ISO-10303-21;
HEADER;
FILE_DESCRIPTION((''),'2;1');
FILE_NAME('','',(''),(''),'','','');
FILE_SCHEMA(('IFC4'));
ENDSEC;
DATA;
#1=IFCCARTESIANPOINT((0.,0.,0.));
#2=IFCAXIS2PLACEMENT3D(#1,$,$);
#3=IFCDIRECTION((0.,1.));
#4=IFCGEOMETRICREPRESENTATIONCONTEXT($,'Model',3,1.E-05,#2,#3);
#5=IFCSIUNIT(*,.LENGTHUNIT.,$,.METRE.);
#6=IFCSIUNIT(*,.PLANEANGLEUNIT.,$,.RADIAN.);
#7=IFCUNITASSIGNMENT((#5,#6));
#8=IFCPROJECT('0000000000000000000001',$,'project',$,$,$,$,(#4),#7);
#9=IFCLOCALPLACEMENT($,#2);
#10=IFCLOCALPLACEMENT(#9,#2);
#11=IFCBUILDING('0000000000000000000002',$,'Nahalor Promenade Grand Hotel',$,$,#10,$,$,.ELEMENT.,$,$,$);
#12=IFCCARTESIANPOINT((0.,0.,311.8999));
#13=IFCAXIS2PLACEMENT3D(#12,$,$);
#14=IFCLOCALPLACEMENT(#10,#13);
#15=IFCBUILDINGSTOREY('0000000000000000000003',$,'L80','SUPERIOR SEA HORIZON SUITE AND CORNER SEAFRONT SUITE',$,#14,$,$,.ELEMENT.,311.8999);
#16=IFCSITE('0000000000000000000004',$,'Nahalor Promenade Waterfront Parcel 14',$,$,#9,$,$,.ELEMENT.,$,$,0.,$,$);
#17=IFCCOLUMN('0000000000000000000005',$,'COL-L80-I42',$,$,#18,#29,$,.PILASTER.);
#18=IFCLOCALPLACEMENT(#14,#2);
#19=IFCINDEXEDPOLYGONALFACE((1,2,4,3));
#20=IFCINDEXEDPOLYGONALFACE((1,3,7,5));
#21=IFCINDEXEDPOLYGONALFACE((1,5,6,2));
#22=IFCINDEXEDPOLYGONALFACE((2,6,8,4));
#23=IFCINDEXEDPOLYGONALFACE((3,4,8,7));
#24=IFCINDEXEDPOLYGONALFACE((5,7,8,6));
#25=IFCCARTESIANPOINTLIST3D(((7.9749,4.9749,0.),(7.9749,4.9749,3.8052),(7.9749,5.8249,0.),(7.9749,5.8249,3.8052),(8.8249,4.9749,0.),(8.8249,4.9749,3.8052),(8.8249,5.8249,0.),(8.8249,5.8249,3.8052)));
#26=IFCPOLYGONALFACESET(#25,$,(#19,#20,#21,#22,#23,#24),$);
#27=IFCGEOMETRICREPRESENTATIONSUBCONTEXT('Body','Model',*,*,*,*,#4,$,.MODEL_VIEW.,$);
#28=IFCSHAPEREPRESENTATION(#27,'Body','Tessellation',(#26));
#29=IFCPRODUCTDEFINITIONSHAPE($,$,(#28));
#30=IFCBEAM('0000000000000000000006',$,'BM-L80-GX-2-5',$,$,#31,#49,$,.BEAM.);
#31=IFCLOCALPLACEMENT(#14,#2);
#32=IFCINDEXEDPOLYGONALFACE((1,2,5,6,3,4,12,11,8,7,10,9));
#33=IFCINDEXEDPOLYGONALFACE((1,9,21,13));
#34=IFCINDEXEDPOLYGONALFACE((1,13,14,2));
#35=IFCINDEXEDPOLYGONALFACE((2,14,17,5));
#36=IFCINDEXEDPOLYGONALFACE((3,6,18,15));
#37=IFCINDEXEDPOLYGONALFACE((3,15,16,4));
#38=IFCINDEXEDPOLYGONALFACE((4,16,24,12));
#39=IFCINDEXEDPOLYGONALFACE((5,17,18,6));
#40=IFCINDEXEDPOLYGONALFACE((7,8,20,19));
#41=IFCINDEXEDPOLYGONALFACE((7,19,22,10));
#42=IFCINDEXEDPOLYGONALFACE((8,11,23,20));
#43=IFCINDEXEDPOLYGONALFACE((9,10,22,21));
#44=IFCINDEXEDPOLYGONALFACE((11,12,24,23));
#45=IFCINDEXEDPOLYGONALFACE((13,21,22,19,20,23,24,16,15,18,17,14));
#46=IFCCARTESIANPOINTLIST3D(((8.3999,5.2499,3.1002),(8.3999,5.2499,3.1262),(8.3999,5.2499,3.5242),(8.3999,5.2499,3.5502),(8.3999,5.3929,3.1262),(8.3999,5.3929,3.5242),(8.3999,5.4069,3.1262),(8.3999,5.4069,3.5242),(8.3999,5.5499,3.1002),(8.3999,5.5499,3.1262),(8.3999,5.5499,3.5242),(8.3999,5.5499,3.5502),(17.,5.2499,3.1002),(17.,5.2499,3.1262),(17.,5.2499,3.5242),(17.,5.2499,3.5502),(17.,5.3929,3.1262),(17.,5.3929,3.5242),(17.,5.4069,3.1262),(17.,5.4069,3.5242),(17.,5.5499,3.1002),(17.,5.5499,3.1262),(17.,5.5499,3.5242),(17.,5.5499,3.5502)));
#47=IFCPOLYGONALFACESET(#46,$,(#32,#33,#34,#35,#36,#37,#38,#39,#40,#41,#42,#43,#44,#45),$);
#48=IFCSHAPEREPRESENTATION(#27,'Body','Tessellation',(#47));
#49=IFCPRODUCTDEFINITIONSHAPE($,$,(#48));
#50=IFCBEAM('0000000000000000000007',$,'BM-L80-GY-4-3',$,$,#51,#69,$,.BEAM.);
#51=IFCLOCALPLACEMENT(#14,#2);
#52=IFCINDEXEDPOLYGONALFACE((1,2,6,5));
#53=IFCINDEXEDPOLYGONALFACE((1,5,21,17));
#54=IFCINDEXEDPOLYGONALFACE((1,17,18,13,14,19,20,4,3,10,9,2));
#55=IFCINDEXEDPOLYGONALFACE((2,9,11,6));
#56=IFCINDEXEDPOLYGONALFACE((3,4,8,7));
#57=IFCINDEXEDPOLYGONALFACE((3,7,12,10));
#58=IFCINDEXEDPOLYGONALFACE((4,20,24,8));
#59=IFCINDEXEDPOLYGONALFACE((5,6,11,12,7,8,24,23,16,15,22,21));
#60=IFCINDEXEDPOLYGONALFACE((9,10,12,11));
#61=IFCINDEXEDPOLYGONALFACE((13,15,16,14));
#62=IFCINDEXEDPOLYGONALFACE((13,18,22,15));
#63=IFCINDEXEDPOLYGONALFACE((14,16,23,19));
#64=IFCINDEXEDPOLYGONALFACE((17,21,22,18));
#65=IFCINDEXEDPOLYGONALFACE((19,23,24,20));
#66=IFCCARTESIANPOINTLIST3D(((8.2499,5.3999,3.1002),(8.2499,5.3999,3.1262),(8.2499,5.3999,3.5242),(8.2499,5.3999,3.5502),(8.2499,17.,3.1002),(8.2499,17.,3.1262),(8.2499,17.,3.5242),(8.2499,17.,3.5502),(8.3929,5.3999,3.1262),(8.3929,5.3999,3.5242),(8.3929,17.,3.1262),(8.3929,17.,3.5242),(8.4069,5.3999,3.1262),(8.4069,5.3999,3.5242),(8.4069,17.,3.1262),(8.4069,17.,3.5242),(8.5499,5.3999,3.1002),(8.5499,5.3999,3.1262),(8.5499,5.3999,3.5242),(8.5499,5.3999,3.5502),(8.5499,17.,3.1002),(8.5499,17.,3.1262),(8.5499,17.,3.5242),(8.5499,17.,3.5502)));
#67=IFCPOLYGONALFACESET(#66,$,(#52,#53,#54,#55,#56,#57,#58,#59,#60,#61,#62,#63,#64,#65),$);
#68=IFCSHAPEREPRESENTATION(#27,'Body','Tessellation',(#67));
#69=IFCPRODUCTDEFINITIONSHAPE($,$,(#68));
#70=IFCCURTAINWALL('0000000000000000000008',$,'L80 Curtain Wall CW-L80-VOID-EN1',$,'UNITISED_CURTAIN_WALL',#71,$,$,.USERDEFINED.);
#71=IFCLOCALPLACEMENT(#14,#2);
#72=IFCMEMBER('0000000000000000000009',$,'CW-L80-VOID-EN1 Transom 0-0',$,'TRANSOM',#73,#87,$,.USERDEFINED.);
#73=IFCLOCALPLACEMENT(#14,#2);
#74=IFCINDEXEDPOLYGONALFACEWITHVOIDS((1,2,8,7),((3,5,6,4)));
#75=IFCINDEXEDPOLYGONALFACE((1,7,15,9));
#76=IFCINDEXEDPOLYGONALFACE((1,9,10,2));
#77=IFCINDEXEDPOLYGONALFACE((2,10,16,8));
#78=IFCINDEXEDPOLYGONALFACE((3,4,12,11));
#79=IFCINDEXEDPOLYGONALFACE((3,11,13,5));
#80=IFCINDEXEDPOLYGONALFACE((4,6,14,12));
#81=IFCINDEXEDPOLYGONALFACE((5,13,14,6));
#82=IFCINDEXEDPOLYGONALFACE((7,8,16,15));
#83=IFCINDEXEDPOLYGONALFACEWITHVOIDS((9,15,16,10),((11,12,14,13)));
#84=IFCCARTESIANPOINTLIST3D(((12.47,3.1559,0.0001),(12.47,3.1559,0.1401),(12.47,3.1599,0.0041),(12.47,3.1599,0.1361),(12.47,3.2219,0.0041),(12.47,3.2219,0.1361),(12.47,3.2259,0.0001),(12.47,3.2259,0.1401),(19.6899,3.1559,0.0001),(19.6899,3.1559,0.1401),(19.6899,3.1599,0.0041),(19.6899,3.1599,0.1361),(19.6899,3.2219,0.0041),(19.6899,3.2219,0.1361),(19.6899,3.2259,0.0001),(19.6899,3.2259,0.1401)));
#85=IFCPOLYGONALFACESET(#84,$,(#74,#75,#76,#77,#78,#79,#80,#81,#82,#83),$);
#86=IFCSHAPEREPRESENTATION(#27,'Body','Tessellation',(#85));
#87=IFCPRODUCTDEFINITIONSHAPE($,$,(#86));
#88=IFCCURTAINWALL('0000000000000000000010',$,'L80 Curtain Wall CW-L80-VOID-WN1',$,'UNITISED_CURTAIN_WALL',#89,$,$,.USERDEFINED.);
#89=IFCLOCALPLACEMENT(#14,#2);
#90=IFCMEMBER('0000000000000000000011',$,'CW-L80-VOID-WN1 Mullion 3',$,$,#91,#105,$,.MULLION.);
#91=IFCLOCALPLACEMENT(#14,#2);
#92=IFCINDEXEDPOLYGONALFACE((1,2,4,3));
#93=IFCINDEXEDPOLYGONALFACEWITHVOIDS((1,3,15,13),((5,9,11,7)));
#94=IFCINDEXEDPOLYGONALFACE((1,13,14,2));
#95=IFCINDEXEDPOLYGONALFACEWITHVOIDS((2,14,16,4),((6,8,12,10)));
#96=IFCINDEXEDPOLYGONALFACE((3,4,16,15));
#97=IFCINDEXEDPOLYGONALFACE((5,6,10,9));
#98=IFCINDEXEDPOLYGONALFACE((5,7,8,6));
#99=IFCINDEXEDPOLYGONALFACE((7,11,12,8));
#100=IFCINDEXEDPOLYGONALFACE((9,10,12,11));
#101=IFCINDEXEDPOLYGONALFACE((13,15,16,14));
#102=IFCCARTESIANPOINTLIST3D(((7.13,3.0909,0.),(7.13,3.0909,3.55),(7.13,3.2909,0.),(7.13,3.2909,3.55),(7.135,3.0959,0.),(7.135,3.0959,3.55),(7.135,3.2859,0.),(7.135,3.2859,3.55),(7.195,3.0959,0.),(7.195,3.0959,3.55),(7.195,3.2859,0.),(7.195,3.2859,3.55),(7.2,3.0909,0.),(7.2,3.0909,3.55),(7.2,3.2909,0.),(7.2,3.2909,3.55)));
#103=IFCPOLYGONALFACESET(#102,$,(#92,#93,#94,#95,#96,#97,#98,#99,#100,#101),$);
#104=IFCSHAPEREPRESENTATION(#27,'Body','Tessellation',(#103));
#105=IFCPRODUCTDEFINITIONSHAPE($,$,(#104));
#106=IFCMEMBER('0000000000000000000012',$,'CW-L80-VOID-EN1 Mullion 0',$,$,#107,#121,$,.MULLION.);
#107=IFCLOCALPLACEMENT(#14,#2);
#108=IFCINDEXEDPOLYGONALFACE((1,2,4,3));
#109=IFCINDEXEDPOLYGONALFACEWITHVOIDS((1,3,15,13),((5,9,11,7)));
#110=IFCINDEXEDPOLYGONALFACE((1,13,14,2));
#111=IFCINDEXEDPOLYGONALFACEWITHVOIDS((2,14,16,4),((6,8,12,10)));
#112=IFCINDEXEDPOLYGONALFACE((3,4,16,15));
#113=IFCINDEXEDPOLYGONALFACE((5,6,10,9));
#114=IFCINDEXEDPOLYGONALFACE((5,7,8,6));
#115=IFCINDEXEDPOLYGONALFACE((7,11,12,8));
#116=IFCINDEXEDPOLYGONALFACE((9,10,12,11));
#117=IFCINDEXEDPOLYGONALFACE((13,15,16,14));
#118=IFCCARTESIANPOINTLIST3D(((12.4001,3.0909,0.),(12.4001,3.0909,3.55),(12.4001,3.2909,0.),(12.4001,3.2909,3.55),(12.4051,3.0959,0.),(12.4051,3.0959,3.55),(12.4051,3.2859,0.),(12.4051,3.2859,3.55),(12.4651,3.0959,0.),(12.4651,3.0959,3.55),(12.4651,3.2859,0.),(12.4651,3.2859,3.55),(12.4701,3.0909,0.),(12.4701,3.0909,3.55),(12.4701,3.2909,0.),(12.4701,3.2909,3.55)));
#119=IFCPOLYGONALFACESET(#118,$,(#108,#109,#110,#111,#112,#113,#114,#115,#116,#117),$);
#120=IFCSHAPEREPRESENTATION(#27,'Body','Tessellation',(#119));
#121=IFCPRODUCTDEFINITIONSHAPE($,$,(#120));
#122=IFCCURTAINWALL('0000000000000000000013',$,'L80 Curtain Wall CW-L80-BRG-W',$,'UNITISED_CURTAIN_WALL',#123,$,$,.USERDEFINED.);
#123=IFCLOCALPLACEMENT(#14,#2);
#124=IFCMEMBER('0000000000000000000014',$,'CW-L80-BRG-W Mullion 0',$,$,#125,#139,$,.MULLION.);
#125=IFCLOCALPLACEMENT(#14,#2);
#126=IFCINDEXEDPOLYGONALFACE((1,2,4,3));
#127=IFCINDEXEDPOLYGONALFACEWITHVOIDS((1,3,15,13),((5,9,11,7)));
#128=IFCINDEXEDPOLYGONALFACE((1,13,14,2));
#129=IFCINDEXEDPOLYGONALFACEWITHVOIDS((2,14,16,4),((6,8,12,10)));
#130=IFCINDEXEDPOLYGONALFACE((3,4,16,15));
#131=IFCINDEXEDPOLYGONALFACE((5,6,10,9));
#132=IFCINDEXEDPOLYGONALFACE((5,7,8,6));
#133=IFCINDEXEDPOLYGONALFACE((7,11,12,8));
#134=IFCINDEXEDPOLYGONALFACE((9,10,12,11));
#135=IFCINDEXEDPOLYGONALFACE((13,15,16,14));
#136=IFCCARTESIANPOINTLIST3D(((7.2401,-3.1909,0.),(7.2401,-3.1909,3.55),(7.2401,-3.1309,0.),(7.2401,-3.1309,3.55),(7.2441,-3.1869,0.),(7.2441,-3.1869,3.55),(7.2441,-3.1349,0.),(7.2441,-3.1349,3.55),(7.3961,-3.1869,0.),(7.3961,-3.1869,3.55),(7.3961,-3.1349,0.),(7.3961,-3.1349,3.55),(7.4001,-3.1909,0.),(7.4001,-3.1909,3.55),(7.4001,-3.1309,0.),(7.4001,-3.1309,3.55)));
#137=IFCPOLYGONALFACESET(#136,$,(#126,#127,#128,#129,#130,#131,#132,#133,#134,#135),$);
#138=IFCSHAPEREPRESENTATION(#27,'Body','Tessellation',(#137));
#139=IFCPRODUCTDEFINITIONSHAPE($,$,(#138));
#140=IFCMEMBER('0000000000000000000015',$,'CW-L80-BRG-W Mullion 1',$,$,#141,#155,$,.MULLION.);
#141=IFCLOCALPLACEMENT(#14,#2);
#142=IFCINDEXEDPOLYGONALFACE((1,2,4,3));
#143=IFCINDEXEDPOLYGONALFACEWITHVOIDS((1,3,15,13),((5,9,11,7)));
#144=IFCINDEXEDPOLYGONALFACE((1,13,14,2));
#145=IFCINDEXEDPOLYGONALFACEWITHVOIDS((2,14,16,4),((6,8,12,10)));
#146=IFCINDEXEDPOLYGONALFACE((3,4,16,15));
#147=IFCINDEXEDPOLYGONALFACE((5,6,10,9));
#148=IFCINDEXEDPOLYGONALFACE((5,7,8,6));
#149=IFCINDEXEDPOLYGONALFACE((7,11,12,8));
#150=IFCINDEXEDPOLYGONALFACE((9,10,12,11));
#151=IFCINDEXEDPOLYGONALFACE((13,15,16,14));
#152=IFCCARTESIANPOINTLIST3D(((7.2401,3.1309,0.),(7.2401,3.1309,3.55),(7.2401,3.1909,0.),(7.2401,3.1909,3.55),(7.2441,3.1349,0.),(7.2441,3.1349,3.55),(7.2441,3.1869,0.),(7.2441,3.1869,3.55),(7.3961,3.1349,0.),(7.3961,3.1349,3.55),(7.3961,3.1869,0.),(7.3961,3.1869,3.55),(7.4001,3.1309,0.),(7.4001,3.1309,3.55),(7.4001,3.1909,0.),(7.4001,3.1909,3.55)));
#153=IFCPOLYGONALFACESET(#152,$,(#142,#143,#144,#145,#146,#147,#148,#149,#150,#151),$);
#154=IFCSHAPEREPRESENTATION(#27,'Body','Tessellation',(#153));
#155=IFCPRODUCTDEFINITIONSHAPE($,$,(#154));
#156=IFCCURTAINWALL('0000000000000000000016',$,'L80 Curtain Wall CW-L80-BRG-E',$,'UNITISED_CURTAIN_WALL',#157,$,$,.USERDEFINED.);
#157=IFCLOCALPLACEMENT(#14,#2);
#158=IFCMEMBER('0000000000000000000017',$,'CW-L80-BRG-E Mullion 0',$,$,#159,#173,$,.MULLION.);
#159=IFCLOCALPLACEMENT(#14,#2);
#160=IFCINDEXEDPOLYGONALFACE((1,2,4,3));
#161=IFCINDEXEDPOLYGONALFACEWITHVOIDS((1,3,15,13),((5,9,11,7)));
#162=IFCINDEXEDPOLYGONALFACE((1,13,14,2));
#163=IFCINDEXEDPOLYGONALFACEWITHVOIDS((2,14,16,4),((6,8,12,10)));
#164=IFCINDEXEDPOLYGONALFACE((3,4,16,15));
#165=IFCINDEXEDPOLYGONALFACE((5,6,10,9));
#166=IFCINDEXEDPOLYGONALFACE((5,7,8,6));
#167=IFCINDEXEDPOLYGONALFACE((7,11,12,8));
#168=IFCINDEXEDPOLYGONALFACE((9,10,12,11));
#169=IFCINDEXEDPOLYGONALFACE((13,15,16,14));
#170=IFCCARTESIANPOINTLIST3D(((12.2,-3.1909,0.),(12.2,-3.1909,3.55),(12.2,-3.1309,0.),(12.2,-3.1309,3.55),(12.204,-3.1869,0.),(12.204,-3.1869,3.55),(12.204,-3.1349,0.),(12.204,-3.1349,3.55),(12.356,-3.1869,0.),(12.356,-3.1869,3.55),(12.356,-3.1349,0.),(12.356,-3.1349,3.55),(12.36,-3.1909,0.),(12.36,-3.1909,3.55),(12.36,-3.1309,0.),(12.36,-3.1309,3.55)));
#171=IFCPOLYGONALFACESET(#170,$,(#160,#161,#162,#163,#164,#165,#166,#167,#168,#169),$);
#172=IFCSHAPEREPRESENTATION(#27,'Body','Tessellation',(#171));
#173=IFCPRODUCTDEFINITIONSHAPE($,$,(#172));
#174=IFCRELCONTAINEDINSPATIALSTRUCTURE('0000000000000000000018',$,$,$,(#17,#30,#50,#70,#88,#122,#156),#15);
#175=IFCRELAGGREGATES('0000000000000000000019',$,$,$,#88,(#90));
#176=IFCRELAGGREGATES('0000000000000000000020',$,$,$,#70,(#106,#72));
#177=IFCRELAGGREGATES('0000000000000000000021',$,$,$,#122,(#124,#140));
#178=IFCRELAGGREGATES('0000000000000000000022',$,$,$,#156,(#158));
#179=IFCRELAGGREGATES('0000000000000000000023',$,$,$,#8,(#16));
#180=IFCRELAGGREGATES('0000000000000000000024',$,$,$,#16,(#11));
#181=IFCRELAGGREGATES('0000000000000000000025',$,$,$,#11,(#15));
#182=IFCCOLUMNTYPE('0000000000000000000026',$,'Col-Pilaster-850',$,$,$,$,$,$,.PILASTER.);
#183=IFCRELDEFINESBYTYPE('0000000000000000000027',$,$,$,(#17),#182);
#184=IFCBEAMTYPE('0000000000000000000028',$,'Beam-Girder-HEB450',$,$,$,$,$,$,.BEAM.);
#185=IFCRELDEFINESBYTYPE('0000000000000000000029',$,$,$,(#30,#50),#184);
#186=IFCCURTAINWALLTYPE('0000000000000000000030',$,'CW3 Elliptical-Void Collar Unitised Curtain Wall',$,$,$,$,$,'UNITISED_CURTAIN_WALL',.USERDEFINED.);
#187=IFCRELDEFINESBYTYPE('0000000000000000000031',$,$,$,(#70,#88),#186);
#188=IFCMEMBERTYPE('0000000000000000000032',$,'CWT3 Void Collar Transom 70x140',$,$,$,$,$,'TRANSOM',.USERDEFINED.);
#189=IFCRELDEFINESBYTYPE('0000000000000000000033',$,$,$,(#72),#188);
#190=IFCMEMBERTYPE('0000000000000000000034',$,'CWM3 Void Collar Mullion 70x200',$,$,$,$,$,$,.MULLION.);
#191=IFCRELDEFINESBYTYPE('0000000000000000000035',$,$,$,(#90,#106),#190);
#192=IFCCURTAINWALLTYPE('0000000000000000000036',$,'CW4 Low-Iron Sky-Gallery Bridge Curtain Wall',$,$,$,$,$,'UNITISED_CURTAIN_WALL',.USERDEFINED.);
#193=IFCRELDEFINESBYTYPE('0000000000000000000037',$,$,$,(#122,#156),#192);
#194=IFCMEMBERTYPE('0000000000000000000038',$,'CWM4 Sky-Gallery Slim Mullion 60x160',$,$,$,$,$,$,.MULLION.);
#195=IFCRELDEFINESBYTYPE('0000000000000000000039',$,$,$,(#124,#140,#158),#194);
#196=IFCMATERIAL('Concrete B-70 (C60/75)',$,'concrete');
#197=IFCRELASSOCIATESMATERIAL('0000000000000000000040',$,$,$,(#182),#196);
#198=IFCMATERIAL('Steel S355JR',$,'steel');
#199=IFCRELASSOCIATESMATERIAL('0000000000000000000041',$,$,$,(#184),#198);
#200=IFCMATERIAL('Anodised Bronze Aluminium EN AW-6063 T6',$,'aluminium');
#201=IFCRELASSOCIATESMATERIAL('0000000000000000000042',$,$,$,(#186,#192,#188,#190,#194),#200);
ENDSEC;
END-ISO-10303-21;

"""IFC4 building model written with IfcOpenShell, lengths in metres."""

from ifc_helpers import new_model, si_unit, direction, frame, origin, origin_2d, place, context, subcontext, project, spatial, rectangle, hollow_rectangle, i_section, extrude, source, transform, mapped, material, material_profile, profile_set, type_object, element, aggregate, save


model = new_model("IFC4")

# Units and contexts
model_context = context("Model", 3, precision=1e-05, world=origin(), true_north=direction((0.0, 1.0)))
body_context = subcontext(model_context, "Body", "Model", "MODEL_VIEW")
ifc_project = project(units=[si_unit("LENGTHUNIT", "METRE"), si_unit("PLANEANGLEUNIT", "RADIAN")], contexts=[model_context])

# Site, building, storey
site_placement = place(None, origin())
site = spatial("IfcSite", under=ifc_project, at=site_placement, Name="Nahalor Promenade Waterfront Parcel 14", CompositionType="ELEMENT", RefElevation=0.0)
building_placement = place(site_placement, origin())
building = spatial("IfcBuilding", under=site, at=building_placement, Name="Nahalor Promenade Grand Hotel", CompositionType="ELEMENT")
storey_placement = place(building_placement, frame((0.0, 0.0, 311.8999)))
storey = spatial("IfcBuildingStorey", under=building, at=storey_placement, Name="L80", Description="SUPERIOR SEA HORIZON SUITE AND CORNER SEAFRONT SUITE", CompositionType="ELEMENT", Elevation=311.8999)

# Column
ifc_material_1 = material(Name="Concrete B-70 (C60/75)", Category="concrete")
ifc_material_profile_1 = material_profile(ifc_material_1, rectangle(XDim=0.85, YDim=0.85, at=origin_2d()), Name="RC 850x850")
ifc_profile_set_1 = profile_set([ifc_material_profile_1], Name="Concrete B-70 (C60/75)")
column_type = type_object("IfcColumnType", Name="Col-Pilaster-850", PredefinedType="PILASTER", material=ifc_profile_set_1)
shared_shape_1 = source(origin(), body_context, "Body", "SweptSolid", [
    extrude(rectangle(XDim=0.85, YDim=0.85, at=origin_2d()), origin(), (0.0, 0.0, 1.0), 3.8052),
])
column_placement = place(storey_placement, frame((8.3999, 5.3999, 0.0), z_axis=(0.0, 0.0, 1.0), x_axis=(1.0, 0.0, 0.0)))
element("IfcColumn", 1, at=column_placement, inside=storey, type_object=column_type, Name="COL-L80-I42", PredefinedType="PILASTER", context=body_context, shape_type="MappedRepresentation", body=[
    mapped(shared_shape_1, transform((0.0, 0.0, 0.0), scale=1.0)),
])

# Beams
ifc_material_2 = material(Name="Steel S355JR", Category="steel")
ifc_material_profile_2 = material_profile(ifc_material_2, i_section(OverallWidth=0.3, OverallDepth=0.45, WebThickness=0.014, FlangeThickness=0.026, at=origin_2d()), Name="HEB 450")
ifc_profile_set_2 = profile_set([ifc_material_profile_2], Name="Steel S355JR")
beam_type = type_object("IfcBeamType", Name="Beam-Girder-HEB450", PredefinedType="BEAM", material=ifc_profile_set_2)
shared_shape_2 = source(origin(), body_context, "Body", "SweptSolid", [
    extrude(i_section(OverallWidth=0.3, OverallDepth=0.45, WebThickness=0.014, FlangeThickness=0.026, at=origin_2d()), origin(), (0.0, 0.0, 1.0), 8.6001),
])
beam_1_placement = place(storey_placement, frame((8.3999, 5.3999, 3.3252), z_axis=(1.0, 0.0, 0.0), x_axis=(0.0, 1.0, 0.0)))
element("IfcBeam", 2, at=beam_1_placement, inside=storey, type_object=beam_type, Name="BM-L80-GX-2-5", PredefinedType="BEAM", context=body_context, shape_type="MappedRepresentation", body=[
    mapped(shared_shape_2, transform((0.0, 0.0, 0.0), scale=1.0)),
])
shared_shape_3 = source(origin(), body_context, "Body", "SweptSolid", [
    extrude(i_section(OverallWidth=0.3, OverallDepth=0.45, WebThickness=0.014, FlangeThickness=0.026, at=origin_2d()), origin(), (0.0, 0.0, 1.0), 11.6001),
])
beam_2_placement = place(storey_placement, frame((8.3999, 5.3999, 3.3252), z_axis=(0.0, 1.0, 0.0), x_axis=(-1.0, 0.0, 0.0)))
element("IfcBeam", 3, at=beam_2_placement, inside=storey, type_object=beam_type, Name="BM-L80-GY-4-3", PredefinedType="BEAM", context=body_context, shape_type="MappedRepresentation", body=[
    mapped(shared_shape_3, transform((0.0, 0.0, 0.0), scale=1.0)),
])

# Curtain walls, members
ifc_material_3 = material(Name="Anodised Bronze Aluminium EN AW-6063 T6", Category="aluminium")
curtain_wall_type_1 = type_object("IfcCurtainWallType", Name="CW3 Elliptical-Void Collar Unitised Curtain Wall", ElementType="UNITISED_CURTAIN_WALL", PredefinedType="USERDEFINED", material=ifc_material_3)
curtain_wall_1_placement = place(storey_placement, origin())
curtain_wall_1 = element("IfcCurtainWall", 4, at=curtain_wall_1_placement, inside=storey, type_object=curtain_wall_type_1, Name="L80 Curtain Wall CW-L80-VOID-EN1", ObjectType="UNITISED_CURTAIN_WALL", PredefinedType="USERDEFINED")
ifc_material_profile_3 = material_profile(ifc_material_3, hollow_rectangle(XDim=0.07, YDim=0.14, WallThickness=0.004, at=origin_2d()), Name="CWT 70x140x4")
ifc_profile_set_3 = profile_set([ifc_material_profile_3], Name="Anodised Bronze Aluminium EN AW-6063 T6")
member_type_1 = type_object("IfcMemberType", Name="CWT3 Void Collar Transom 70x140", ElementType="TRANSOM", PredefinedType="USERDEFINED", material=ifc_profile_set_3)
shared_shape_4 = source(origin(), body_context, "Body", "SweptSolid", [
    extrude(hollow_rectangle(XDim=0.07, YDim=0.14, WallThickness=0.004, at=origin_2d()), origin(), (0.0, 0.0, 1.0), 7.22),
])
member_1_placement = place(storey_placement, frame((12.47, 3.1909, 0.0701), z_axis=(1.0, 0.0, 0.0), x_axis=(0.0, 1.0, 0.0)))
member_1 = element("IfcMember", 5, at=member_1_placement, type_object=member_type_1, Name="CW-L80-VOID-EN1 Transom 0-0", ObjectType="TRANSOM", PredefinedType="USERDEFINED", context=body_context, shape_type="MappedRepresentation", body=[
    mapped(shared_shape_4, transform((0.0, 0.0, 0.0), scale=1.0)),
])
curtain_wall_2_placement = place(storey_placement, origin())
curtain_wall_2 = element("IfcCurtainWall", 6, at=curtain_wall_2_placement, inside=storey, type_object=curtain_wall_type_1, Name="L80 Curtain Wall CW-L80-VOID-WN1", ObjectType="UNITISED_CURTAIN_WALL", PredefinedType="USERDEFINED")
ifc_material_profile_4 = material_profile(ifc_material_3, hollow_rectangle(XDim=0.07, YDim=0.2, WallThickness=0.005, at=origin_2d()), Name="CWM 70x200x5")
ifc_profile_set_4 = profile_set([ifc_material_profile_4], Name="Anodised Bronze Aluminium EN AW-6063 T6")
member_type_2 = type_object("IfcMemberType", Name="CWM3 Void Collar Mullion 70x200", PredefinedType="MULLION", material=ifc_profile_set_4)
shared_shape_5 = source(origin(), body_context, "Body", "SweptSolid", [
    extrude(hollow_rectangle(XDim=0.07, YDim=0.2, WallThickness=0.005, at=origin_2d()), origin(), (0.0, 0.0, 1.0), 3.55),
])
member_2_placement = place(storey_placement, frame((7.165, 3.1909, 0.0), z_axis=(0.0, 0.0, 1.0), x_axis=(1.0, 0.0, 0.0)))
member_2 = element("IfcMember", 7, at=member_2_placement, type_object=member_type_2, Name="CW-L80-VOID-WN1 Mullion 3", PredefinedType="MULLION", context=body_context, shape_type="MappedRepresentation", body=[
    mapped(shared_shape_5, transform((0.0, 0.0, 0.0), scale=1.0)),
])
aggregate(curtain_wall_2, [member_2])

# Member
member_3_placement = place(storey_placement, frame((12.4351, 3.1909, 0.0), z_axis=(0.0, 0.0, 1.0), x_axis=(1.0, 0.0, 0.0)))
member_3 = element("IfcMember", 8, at=member_3_placement, type_object=member_type_2, Name="CW-L80-VOID-EN1 Mullion 0", PredefinedType="MULLION", context=body_context, shape_type="MappedRepresentation", body=[
    mapped(shared_shape_5, transform((0.0, 0.0, 0.0), scale=1.0)),
])
aggregate(curtain_wall_1, [member_3, member_1])

# Curtain walls, members
curtain_wall_type_2 = type_object("IfcCurtainWallType", Name="CW4 Low-Iron Sky-Gallery Bridge Curtain Wall", ElementType="UNITISED_CURTAIN_WALL", PredefinedType="USERDEFINED", material=ifc_material_3)
curtain_wall_3_placement = place(storey_placement, origin())
curtain_wall_3 = element("IfcCurtainWall", 9, at=curtain_wall_3_placement, inside=storey, type_object=curtain_wall_type_2, Name="L80 Curtain Wall CW-L80-BRG-W", ObjectType="UNITISED_CURTAIN_WALL", PredefinedType="USERDEFINED")
ifc_material_profile_5 = material_profile(ifc_material_3, hollow_rectangle(XDim=0.06, YDim=0.16, WallThickness=0.004, at=origin_2d()), Name="CWM 60x160x4")
ifc_profile_set_5 = profile_set([ifc_material_profile_5], Name="Anodised Bronze Aluminium EN AW-6063 T6")
member_type_3 = type_object("IfcMemberType", Name="CWM4 Sky-Gallery Slim Mullion 60x160", PredefinedType="MULLION", material=ifc_profile_set_5)
shared_shape_6 = source(origin(), body_context, "Body", "SweptSolid", [
    extrude(hollow_rectangle(XDim=0.06, YDim=0.16, WallThickness=0.004, at=origin_2d()), origin(), (0.0, 0.0, 1.0), 3.55),
])
member_4_placement = place(storey_placement, frame((7.3201, -3.1609, 0.0), z_axis=(0.0, 0.0, 1.0), x_axis=(0.0, 1.0, 0.0)))
member_4 = element("IfcMember", 10, at=member_4_placement, type_object=member_type_3, Name="CW-L80-BRG-W Mullion 0", PredefinedType="MULLION", context=body_context, shape_type="MappedRepresentation", body=[
    mapped(shared_shape_6, transform((0.0, 0.0, 0.0), scale=1.0)),
])
member_5_placement = place(storey_placement, frame((7.3201, 3.1609, 0.0), z_axis=(0.0, 0.0, 1.0), x_axis=(0.0, 1.0, 0.0)))
member_5 = element("IfcMember", 11, at=member_5_placement, type_object=member_type_3, Name="CW-L80-BRG-W Mullion 1", PredefinedType="MULLION", context=body_context, shape_type="MappedRepresentation", body=[
    mapped(shared_shape_6, transform((0.0, 0.0, 0.0), scale=1.0)),
])
curtain_wall_4_placement = place(storey_placement, origin())
curtain_wall_4 = element("IfcCurtainWall", 12, at=curtain_wall_4_placement, inside=storey, type_object=curtain_wall_type_2, Name="L80 Curtain Wall CW-L80-BRG-E", ObjectType="UNITISED_CURTAIN_WALL", PredefinedType="USERDEFINED")
member_6_placement = place(storey_placement, frame((12.28, -3.1609, 0.0), z_axis=(0.0, 0.0, 1.0), x_axis=(0.0, 1.0, 0.0)))
member_6 = element("IfcMember", 13, at=member_6_placement, type_object=member_type_3, Name="CW-L80-BRG-E Mullion 0", PredefinedType="MULLION", context=body_context, shape_type="MappedRepresentation", body=[
    mapped(shared_shape_6, transform((0.0, 0.0, 0.0), scale=1.0)),
])

aggregate(curtain_wall_3, [member_4, member_5])
aggregate(curtain_wall_4, [member_6])

save(model, "model.ifc")
